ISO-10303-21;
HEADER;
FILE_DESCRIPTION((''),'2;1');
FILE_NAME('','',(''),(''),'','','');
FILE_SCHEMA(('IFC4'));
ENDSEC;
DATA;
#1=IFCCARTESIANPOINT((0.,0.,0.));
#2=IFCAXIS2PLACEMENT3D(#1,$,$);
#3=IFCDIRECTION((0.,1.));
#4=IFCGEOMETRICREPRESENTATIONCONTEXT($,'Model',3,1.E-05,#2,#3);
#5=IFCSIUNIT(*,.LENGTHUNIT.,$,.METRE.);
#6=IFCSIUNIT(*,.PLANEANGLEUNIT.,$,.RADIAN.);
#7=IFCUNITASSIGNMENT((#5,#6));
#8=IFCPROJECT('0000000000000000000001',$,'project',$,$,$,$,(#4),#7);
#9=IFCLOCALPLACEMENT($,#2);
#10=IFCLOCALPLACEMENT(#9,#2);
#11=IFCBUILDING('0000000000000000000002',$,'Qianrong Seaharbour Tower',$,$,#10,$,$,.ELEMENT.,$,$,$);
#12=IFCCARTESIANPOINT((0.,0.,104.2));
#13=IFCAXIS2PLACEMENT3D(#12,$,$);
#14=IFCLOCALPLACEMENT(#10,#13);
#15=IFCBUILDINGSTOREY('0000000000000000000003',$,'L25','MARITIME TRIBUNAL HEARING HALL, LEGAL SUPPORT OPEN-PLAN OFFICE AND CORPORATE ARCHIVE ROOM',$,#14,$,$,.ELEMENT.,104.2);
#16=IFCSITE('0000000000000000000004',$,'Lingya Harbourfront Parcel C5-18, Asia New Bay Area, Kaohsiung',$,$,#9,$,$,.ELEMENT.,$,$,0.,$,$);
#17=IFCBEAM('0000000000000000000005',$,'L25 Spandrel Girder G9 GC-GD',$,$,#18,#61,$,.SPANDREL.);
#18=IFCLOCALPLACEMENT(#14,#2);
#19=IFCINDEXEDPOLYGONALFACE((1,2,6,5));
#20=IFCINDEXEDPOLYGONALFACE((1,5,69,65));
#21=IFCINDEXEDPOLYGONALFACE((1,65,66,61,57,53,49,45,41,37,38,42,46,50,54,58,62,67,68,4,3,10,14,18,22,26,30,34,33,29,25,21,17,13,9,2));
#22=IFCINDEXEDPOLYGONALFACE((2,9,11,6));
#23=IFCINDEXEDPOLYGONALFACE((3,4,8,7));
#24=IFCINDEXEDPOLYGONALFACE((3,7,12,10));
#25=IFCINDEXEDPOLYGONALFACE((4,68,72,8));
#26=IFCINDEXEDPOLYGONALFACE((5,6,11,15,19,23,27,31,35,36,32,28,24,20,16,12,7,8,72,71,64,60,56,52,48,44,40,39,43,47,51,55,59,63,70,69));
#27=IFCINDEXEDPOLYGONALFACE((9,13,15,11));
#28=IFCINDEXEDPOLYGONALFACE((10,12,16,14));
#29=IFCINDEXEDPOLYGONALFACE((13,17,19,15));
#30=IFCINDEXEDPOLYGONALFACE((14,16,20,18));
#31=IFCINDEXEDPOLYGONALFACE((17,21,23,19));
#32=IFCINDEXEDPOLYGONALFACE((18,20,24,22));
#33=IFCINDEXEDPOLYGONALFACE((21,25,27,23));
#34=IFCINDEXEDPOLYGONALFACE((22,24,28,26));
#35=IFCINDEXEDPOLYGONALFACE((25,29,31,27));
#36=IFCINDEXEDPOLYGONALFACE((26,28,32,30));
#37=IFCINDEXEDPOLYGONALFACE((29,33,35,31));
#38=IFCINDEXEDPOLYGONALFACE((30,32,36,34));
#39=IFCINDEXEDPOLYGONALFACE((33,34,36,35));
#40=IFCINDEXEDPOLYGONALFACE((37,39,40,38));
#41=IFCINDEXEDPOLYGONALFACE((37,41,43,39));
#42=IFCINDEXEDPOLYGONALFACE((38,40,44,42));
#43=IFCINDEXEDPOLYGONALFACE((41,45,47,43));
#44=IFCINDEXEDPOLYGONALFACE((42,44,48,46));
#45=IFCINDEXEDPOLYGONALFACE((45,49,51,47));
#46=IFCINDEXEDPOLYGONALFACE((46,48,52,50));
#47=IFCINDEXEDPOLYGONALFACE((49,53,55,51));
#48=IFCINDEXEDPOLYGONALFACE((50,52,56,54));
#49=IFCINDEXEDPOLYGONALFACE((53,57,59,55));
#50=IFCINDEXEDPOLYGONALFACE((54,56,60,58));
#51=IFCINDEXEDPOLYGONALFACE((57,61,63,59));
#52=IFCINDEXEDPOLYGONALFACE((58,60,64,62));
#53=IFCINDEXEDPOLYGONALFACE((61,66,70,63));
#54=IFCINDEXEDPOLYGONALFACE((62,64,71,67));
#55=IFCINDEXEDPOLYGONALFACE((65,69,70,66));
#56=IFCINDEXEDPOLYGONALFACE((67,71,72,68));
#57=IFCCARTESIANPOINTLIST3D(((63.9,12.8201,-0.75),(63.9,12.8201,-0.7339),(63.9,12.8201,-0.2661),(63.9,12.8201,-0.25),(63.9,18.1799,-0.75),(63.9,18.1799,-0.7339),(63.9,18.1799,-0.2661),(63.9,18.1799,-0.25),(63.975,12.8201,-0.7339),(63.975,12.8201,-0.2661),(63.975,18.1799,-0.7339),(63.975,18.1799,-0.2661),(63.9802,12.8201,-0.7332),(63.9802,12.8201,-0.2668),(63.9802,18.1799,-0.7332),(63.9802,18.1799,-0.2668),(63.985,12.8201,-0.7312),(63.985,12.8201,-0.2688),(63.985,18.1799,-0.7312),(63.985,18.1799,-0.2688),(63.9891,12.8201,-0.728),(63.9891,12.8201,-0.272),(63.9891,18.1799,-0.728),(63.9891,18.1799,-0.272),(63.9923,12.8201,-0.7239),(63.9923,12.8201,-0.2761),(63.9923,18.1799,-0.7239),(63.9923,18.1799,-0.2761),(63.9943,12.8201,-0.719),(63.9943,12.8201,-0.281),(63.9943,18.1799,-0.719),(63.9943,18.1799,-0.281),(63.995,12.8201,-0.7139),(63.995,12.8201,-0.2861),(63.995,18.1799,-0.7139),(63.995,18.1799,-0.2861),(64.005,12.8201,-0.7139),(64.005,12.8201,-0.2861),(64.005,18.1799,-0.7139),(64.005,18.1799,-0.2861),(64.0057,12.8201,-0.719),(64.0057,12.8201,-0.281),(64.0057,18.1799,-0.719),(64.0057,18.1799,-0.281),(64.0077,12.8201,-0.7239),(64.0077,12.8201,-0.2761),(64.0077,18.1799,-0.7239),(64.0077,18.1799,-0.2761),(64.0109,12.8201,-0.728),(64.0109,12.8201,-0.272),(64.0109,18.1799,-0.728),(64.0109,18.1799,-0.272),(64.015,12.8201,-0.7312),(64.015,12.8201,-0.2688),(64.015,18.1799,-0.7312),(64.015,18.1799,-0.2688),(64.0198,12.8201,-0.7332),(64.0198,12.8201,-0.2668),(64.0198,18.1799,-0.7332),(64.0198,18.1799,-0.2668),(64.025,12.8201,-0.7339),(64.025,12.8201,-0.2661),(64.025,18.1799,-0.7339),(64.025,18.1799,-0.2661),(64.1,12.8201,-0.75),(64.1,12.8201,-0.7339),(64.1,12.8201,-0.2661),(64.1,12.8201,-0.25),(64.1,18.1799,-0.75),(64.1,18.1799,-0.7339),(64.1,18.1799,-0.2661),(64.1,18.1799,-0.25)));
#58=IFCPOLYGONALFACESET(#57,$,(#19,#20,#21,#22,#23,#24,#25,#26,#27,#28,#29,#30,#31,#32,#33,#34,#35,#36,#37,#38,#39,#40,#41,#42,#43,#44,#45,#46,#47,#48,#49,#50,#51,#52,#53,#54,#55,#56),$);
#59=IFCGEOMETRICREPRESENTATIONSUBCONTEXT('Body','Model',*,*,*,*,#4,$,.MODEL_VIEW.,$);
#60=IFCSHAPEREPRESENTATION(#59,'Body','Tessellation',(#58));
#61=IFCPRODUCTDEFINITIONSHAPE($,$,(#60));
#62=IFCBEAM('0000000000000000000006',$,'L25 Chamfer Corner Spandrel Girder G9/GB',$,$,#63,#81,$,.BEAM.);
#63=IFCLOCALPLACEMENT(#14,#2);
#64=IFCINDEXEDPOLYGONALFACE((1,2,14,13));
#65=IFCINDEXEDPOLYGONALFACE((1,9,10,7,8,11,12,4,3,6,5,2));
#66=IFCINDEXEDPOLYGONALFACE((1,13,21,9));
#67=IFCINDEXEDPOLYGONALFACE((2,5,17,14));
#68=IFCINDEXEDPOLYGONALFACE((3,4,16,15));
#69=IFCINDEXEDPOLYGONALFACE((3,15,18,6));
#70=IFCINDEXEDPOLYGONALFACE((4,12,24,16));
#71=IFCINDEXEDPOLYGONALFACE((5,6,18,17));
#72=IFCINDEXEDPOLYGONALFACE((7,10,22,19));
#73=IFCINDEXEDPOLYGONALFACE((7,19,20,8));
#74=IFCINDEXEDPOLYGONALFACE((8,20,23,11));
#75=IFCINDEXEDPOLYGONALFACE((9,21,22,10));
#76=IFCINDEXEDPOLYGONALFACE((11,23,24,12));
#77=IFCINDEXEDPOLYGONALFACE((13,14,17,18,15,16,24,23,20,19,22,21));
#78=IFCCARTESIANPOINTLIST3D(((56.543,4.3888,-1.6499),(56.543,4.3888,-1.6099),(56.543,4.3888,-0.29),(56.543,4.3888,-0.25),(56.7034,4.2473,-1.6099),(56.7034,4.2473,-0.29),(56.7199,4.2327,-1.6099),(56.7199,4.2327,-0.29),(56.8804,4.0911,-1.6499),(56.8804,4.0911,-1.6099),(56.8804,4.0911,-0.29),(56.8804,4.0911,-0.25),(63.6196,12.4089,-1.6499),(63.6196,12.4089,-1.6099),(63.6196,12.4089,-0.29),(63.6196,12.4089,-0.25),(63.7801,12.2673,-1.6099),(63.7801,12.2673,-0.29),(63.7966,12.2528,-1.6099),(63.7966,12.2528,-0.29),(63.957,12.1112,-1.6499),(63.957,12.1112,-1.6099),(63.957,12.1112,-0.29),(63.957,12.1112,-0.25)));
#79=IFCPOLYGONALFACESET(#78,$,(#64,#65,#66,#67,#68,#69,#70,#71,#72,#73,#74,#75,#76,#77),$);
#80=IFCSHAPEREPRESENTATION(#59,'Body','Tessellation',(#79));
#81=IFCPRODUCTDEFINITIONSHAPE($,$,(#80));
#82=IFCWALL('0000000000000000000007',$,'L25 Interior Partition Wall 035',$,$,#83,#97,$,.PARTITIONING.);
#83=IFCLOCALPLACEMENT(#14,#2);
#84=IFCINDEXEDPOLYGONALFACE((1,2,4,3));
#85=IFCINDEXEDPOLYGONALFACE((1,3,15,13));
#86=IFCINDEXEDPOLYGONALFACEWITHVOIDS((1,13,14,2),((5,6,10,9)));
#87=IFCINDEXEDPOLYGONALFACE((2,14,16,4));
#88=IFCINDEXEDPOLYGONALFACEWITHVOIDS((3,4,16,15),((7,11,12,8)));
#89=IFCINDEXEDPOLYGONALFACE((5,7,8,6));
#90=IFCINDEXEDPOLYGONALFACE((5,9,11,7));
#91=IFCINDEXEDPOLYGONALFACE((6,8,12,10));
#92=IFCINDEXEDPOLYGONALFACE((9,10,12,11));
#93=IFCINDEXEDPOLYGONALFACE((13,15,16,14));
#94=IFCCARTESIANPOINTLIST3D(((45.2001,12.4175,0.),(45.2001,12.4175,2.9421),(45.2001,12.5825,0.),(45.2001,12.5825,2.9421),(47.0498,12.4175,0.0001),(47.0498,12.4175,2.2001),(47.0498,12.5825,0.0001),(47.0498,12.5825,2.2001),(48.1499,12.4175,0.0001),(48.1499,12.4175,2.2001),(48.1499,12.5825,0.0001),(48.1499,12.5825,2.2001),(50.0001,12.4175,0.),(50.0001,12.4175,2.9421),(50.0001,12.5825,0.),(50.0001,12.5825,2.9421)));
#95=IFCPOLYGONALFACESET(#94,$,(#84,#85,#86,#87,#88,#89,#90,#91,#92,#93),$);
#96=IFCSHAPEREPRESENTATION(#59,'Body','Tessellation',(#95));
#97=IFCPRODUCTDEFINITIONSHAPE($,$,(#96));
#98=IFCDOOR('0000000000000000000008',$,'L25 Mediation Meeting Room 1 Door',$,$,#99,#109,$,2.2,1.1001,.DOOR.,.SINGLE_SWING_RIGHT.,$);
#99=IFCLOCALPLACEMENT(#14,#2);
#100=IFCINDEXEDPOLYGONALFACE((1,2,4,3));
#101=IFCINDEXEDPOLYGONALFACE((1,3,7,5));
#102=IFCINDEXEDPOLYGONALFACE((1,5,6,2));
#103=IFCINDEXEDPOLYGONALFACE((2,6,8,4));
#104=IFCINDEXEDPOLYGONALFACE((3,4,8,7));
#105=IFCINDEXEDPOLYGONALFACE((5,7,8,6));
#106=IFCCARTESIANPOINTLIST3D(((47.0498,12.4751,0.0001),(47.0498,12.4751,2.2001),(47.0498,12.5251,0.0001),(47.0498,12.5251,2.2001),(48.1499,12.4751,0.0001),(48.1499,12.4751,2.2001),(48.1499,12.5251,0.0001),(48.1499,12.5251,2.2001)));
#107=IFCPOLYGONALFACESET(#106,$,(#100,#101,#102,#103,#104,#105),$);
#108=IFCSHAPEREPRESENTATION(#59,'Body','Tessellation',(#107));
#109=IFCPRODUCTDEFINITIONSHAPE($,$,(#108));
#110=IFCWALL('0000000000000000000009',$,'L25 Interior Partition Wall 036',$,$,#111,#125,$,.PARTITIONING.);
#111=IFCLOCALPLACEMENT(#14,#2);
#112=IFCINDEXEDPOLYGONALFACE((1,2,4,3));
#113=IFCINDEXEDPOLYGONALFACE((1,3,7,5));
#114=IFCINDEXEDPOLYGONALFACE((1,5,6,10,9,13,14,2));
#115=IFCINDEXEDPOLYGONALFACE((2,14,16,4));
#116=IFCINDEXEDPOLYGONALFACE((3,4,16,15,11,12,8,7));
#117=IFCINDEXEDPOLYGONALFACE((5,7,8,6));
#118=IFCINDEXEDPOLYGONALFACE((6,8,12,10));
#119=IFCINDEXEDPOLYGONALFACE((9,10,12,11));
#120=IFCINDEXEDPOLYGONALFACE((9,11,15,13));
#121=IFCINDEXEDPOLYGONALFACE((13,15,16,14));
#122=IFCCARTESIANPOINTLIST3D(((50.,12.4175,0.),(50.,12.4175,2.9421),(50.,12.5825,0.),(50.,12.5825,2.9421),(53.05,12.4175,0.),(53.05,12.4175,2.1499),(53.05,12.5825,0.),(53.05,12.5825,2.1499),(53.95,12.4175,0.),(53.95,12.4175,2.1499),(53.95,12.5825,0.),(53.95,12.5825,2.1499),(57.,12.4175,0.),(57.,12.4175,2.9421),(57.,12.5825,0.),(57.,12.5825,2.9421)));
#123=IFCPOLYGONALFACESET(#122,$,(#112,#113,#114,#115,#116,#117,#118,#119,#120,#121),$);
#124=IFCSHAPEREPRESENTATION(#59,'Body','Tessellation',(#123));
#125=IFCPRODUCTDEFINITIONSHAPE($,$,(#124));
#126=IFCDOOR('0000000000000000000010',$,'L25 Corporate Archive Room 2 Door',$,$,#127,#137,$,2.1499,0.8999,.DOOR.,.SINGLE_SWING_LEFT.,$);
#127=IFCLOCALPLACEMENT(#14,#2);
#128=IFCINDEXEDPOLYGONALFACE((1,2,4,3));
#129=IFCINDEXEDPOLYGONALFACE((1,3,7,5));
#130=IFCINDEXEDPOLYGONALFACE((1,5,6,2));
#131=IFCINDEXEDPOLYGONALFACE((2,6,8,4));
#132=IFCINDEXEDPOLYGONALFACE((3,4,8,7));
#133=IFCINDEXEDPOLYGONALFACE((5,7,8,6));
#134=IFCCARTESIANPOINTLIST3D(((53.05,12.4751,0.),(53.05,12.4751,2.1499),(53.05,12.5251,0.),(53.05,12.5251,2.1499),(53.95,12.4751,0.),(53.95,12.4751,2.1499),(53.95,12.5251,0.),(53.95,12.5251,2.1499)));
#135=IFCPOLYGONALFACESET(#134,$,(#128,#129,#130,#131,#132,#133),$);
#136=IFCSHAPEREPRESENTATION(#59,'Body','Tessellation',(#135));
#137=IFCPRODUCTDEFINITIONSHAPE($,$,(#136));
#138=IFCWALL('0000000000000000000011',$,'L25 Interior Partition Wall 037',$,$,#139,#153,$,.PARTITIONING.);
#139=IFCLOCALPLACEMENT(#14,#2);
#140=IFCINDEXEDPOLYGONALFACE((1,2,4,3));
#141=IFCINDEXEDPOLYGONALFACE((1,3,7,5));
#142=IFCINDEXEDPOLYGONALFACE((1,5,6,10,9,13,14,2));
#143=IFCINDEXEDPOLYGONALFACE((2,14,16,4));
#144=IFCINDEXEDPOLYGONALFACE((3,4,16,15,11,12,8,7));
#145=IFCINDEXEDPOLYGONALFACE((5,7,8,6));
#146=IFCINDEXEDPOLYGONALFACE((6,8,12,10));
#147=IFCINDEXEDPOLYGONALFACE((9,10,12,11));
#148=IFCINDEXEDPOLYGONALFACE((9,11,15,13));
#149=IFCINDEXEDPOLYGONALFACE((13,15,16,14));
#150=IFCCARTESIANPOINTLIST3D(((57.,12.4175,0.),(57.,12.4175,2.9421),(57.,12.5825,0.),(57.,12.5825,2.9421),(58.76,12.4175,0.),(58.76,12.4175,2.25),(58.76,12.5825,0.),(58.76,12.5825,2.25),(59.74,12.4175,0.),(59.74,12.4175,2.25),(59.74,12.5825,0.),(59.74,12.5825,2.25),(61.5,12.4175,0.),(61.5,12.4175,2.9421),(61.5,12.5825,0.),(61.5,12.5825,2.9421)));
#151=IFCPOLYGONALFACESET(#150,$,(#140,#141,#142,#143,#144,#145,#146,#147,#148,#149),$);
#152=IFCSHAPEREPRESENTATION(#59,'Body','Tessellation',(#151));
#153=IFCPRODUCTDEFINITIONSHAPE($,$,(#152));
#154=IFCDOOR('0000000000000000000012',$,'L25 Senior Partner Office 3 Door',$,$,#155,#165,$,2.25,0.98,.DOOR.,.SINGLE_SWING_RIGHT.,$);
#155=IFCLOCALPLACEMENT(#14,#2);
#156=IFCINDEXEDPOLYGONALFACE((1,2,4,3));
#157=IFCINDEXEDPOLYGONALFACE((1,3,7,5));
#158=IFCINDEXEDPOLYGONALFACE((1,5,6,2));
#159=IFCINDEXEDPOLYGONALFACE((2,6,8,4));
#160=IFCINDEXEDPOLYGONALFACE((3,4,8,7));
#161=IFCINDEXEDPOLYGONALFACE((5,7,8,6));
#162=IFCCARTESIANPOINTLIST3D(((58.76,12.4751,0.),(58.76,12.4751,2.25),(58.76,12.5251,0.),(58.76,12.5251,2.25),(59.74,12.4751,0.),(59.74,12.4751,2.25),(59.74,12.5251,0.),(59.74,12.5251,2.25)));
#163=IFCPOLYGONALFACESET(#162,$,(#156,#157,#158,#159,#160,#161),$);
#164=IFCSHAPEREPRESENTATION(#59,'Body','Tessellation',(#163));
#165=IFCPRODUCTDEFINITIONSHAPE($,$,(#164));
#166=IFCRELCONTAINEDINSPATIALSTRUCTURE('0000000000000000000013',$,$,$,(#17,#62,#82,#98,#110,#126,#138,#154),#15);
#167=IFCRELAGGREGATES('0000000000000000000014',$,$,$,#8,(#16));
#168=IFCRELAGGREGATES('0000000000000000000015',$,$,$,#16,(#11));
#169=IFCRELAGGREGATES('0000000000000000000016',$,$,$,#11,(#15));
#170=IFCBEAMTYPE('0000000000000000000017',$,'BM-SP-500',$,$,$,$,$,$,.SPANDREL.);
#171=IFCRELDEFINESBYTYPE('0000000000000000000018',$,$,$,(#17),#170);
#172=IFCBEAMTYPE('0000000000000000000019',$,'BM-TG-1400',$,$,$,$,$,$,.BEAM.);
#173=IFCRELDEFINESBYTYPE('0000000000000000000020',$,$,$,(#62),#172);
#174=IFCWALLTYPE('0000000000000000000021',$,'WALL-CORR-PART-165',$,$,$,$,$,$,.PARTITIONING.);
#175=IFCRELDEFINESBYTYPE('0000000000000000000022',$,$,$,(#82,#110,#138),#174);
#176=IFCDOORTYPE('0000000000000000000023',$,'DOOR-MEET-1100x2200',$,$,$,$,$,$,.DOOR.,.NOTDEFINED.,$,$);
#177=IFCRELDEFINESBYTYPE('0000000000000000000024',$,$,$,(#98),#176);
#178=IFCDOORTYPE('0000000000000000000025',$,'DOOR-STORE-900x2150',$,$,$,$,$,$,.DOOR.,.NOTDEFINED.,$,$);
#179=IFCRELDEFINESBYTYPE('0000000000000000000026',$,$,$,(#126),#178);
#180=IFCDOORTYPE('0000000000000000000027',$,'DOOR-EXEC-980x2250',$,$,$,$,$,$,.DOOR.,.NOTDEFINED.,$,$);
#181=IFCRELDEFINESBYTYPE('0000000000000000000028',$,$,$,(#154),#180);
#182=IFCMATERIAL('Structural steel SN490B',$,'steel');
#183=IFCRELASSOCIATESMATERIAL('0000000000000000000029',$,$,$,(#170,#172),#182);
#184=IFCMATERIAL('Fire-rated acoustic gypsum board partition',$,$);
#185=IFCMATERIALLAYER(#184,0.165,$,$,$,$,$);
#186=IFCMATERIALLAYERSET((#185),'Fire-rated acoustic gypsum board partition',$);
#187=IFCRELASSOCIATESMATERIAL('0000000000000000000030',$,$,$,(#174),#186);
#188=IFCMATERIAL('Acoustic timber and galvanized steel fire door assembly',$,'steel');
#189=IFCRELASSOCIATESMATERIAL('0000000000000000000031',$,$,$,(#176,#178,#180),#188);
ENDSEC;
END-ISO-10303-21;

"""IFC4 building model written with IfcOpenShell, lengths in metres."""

from ifc_helpers import new_model, si_unit, direction, frame, frame_2d, origin, origin_2d, place, context, subcontext, project, spatial, rectangle, i_section, extrude, material, layer, layer_set, material_profile, profile_set, type_object, element, fill, save


model = new_model("IFC4")

# Units and contexts
model_context = context("Model", 3, precision=1e-05, world=origin(), true_north=direction((0.0, 1.0)))
body_context = subcontext(model_context, "Body", "Model", "MODEL_VIEW")
ifc_project = project(units=[si_unit("LENGTHUNIT", "METRE"), si_unit("PLANEANGLEUNIT", "RADIAN")], contexts=[model_context])

# Site, building, storey
site_placement = place(None, origin())
site = spatial("IfcSite", under=ifc_project, at=site_placement, Name="Lingya Harbourfront Parcel C5-18, Asia New Bay Area, Kaohsiung", CompositionType="ELEMENT", RefElevation=0.0)
building_placement = place(site_placement, origin())
building = spatial("IfcBuilding", under=site, at=building_placement, Name="Qianrong Seaharbour Tower", CompositionType="ELEMENT")
storey_placement = place(building_placement, frame((0.0, 0.0, 104.2)))
storey = spatial("IfcBuildingStorey", under=building, at=storey_placement, Name="L25", Description="MARITIME TRIBUNAL HEARING HALL, LEGAL SUPPORT OPEN-PLAN OFFICE AND CORPORATE ARCHIVE ROOM", CompositionType="ELEMENT", Elevation=104.2)

# Shared definitions
ifc_material_1 = material(Name="Structural steel SN490B", Category="steel")

# Beams
ifc_material_profile_1 = material_profile(ifc_material_1, i_section(OverallWidth=0.2, OverallDepth=0.5, WebThickness=0.01, FlangeThickness=0.0161, FilletRadius=0.02, at=origin_2d()), Name="H500x200x10x16")
ifc_profile_set_1 = profile_set([ifc_material_profile_1], Name="Structural steel SN490B")
beam_type_1 = type_object("IfcBeamType", Name="BM-SP-500", PredefinedType="SPANDREL", material=ifc_profile_set_1)
beam_1_placement = place(storey_placement, frame((64.0, 12.8201, -0.5), z_axis=(0.0, 1.0, 0.0), x_axis=(-1.0, 0.0, 0.0)))
element("IfcBeam", 1, at=beam_1_placement, inside=storey, type_object=beam_type_1, Name="L25 Spandrel Girder G9 GC-GD", PredefinedType="SPANDREL", context=body_context, shape_type="SweptSolid", body=[
    extrude(i_section(OverallWidth=0.2, OverallDepth=0.5, WebThickness=0.01, FlangeThickness=0.0161, FilletRadius=0.02, at=origin_2d()), origin(), (0.0, 0.0, 1.0), 5.3599),
])
ifc_material_profile_2 = material_profile(ifc_material_1, i_section(OverallWidth=0.45, OverallDepth=1.3999, WebThickness=0.022, FlangeThickness=0.04, at=origin_2d()), Name="BH1400x450x22x40")
ifc_profile_set_2 = profile_set([ifc_material_profile_2], Name="Structural steel SN490B")
beam_type_2 = type_object("IfcBeamType", Name="BM-TG-1400", PredefinedType="BEAM", material=ifc_profile_set_2)
beam_2_placement = place(storey_placement, frame((56.7117, 4.24, -0.95), z_axis=(0.661631, 0.74983, 0.0), x_axis=(-0.74983, 0.661631, 0.0)))
element("IfcBeam", 2, at=beam_2_placement, inside=storey, type_object=beam_type_2, Name="L25 Chamfer Corner Spandrel Girder G9/GB", PredefinedType="BEAM", context=body_context, shape_type="SweptSolid", body=[
    extrude(i_section(OverallWidth=0.45, OverallDepth=1.3999, WebThickness=0.022, FlangeThickness=0.04, at=origin_2d()), origin(), (0.0, 0.0, 1.0), 10.6958),
])

# Walls, openings, doors
ifc_material_2 = material(Name="Fire-rated acoustic gypsum board partition")
ifc_layer_1 = layer(ifc_material_2, 0.165)
ifc_layer_set_1 = layer_set([ifc_layer_1], Name="Fire-rated acoustic gypsum board partition")
wall_type_1 = type_object("IfcWallType", Name="WALL-CORR-PART-165", PredefinedType="PARTITIONING", material=ifc_layer_set_1)
wall_1_placement = place(storey_placement, frame((50.0, 12.5, 0.0), z_axis=(0.0, 0.0, 1.0), x_axis=(-1.0, 0.0, 0.0)))
wall_1 = element("IfcWall", 3, at=wall_1_placement, inside=storey, type_object=wall_type_1, Name="L25 Interior Partition Wall 035", PredefinedType="PARTITIONING", context=body_context, shape_type="SweptSolid", body=[
    extrude(rectangle(XDim=4.8, YDim=0.165, at=frame_2d((2.3999, 0.0))), origin(), (0.0, 0.0, 1.0), 2.9421),
])
opening_1_placement = place(wall_1_placement, frame((1.8501, 0.0, 0.0)))
opening_1 = element("IfcOpeningElement", 4, at=opening_1_placement, cuts=wall_1, PredefinedType="OPENING", context=body_context, shape_type="SweptSolid", body=[
    extrude(rectangle(XDim=1.1001, YDim=2.2, at=frame_2d((0.55, 1.1001))), frame((0.0, 0.0925, 0.0), z_axis=(0.0, -1.0, 0.0), x_axis=(1.0, 0.0, 0.0)), (0.0, 0.0, 1.0), 0.1851),
])
ifc_material_3 = material(Name="Acoustic timber and galvanized steel fire door assembly", Category="steel")
door_type_1 = type_object("IfcDoorType", Name="DOOR-MEET-1100x2200", OperationType="NOTDEFINED", PredefinedType="DOOR", material=ifc_material_3)
door_1_placement = place(opening_1_placement, origin())
door_1 = element("IfcDoor", 5, at=door_1_placement, inside=storey, type_object=door_type_1, Name="L25 Mediation Meeting Room 1 Door", OperationType="SINGLE_SWING_RIGHT", OverallHeight=2.2, OverallWidth=1.1001, PredefinedType="DOOR", context=body_context, shape_type="SweptSolid", body=[
    extrude(rectangle(XDim=1.1001, YDim=2.2, at=frame_2d((0.55, 1.1001))), frame((0.0, 0.0249, 0.0), z_axis=(0.0, -1.0, 0.0), x_axis=(1.0, 0.0, 0.0)), (0.0, 0.0, 1.0), 0.05),
])
fill(opening_1, door_1)
wall_2_placement = place(storey_placement, frame((57.0, 12.5, 0.0), z_axis=(0.0, 0.0, 1.0), x_axis=(-1.0, 0.0, 0.0)))
wall_2 = element("IfcWall", 6, at=wall_2_placement, inside=storey, type_object=wall_type_1, Name="L25 Interior Partition Wall 036", PredefinedType="PARTITIONING", context=body_context, shape_type="SweptSolid", body=[
    extrude(rectangle(XDim=7.0, YDim=0.165, at=frame_2d((3.5, 0.0))), origin(), (0.0, 0.0, 1.0), 2.9421),
])
opening_2_placement = place(wall_2_placement, frame((3.05, 0.0, 0.0)))
opening_2 = element("IfcOpeningElement", 7, at=opening_2_placement, cuts=wall_2, PredefinedType="OPENING", context=body_context, shape_type="SweptSolid", body=[
    extrude(rectangle(XDim=0.8999, YDim=2.1499, at=frame_2d((0.45, 1.075))), frame((0.0, 0.0925, 0.0), z_axis=(0.0, -1.0, 0.0), x_axis=(1.0, 0.0, 0.0)), (0.0, 0.0, 1.0), 0.1851),
])
door_type_2 = type_object("IfcDoorType", Name="DOOR-STORE-900x2150", OperationType="NOTDEFINED", PredefinedType="DOOR", material=ifc_material_3)
door_2_placement = place(opening_2_placement, origin())
door_2 = element("IfcDoor", 8, at=door_2_placement, inside=storey, type_object=door_type_2, Name="L25 Corporate Archive Room 2 Door", OperationType="SINGLE_SWING_LEFT", OverallHeight=2.1499, OverallWidth=0.8999, PredefinedType="DOOR", context=body_context, shape_type="SweptSolid", body=[
    extrude(rectangle(XDim=0.8999, YDim=2.1499, at=frame_2d((0.45, 1.075))), frame((0.0, 0.0249, 0.0), z_axis=(0.0, -1.0, 0.0), x_axis=(1.0, 0.0, 0.0)), (0.0, 0.0, 1.0), 0.05),
])
fill(opening_2, door_2)
wall_3_placement = place(storey_placement, frame((61.5, 12.5, 0.0), z_axis=(0.0, 0.0, 1.0), x_axis=(-1.0, 0.0, 0.0)))
wall_3 = element("IfcWall", 9, at=wall_3_placement, inside=storey, type_object=wall_type_1, Name="L25 Interior Partition Wall 037", PredefinedType="PARTITIONING", context=body_context, shape_type="SweptSolid", body=[
    extrude(rectangle(XDim=4.5, YDim=0.165, at=frame_2d((2.25, 0.0))), origin(), (0.0, 0.0, 1.0), 2.9421),
])
opening_3_placement = place(wall_3_placement, frame((1.76, 0.0, 0.0)))
opening_3 = element("IfcOpeningElement", 10, at=opening_3_placement, cuts=wall_3, PredefinedType="OPENING", context=body_context, shape_type="SweptSolid", body=[
    extrude(rectangle(XDim=0.98, YDim=2.25, at=frame_2d((0.49, 1.125))), frame((0.0, 0.0925, 0.0), z_axis=(0.0, -1.0, 0.0), x_axis=(1.0, 0.0, 0.0)), (0.0, 0.0, 1.0), 0.1851),
])
door_type_3 = type_object("IfcDoorType", Name="DOOR-EXEC-980x2250", OperationType="NOTDEFINED", PredefinedType="DOOR", material=ifc_material_3)
door_3_placement = place(opening_3_placement, origin())
door_3 = element("IfcDoor", 11, at=door_3_placement, inside=storey, type_object=door_type_3, Name="L25 Senior Partner Office 3 Door", OperationType="SINGLE_SWING_RIGHT", OverallHeight=2.25, OverallWidth=0.98, PredefinedType="DOOR", context=body_context, shape_type="SweptSolid", body=[
    extrude(rectangle(XDim=0.98, YDim=2.25, at=frame_2d((0.49, 1.125))), frame((0.0, 0.0249, 0.0), z_axis=(0.0, -1.0, 0.0), x_axis=(1.0, 0.0, 0.0)), (0.0, 0.0, 1.0), 0.05),
])
fill(opening_3, door_3)

save(model, "model.ifc")
